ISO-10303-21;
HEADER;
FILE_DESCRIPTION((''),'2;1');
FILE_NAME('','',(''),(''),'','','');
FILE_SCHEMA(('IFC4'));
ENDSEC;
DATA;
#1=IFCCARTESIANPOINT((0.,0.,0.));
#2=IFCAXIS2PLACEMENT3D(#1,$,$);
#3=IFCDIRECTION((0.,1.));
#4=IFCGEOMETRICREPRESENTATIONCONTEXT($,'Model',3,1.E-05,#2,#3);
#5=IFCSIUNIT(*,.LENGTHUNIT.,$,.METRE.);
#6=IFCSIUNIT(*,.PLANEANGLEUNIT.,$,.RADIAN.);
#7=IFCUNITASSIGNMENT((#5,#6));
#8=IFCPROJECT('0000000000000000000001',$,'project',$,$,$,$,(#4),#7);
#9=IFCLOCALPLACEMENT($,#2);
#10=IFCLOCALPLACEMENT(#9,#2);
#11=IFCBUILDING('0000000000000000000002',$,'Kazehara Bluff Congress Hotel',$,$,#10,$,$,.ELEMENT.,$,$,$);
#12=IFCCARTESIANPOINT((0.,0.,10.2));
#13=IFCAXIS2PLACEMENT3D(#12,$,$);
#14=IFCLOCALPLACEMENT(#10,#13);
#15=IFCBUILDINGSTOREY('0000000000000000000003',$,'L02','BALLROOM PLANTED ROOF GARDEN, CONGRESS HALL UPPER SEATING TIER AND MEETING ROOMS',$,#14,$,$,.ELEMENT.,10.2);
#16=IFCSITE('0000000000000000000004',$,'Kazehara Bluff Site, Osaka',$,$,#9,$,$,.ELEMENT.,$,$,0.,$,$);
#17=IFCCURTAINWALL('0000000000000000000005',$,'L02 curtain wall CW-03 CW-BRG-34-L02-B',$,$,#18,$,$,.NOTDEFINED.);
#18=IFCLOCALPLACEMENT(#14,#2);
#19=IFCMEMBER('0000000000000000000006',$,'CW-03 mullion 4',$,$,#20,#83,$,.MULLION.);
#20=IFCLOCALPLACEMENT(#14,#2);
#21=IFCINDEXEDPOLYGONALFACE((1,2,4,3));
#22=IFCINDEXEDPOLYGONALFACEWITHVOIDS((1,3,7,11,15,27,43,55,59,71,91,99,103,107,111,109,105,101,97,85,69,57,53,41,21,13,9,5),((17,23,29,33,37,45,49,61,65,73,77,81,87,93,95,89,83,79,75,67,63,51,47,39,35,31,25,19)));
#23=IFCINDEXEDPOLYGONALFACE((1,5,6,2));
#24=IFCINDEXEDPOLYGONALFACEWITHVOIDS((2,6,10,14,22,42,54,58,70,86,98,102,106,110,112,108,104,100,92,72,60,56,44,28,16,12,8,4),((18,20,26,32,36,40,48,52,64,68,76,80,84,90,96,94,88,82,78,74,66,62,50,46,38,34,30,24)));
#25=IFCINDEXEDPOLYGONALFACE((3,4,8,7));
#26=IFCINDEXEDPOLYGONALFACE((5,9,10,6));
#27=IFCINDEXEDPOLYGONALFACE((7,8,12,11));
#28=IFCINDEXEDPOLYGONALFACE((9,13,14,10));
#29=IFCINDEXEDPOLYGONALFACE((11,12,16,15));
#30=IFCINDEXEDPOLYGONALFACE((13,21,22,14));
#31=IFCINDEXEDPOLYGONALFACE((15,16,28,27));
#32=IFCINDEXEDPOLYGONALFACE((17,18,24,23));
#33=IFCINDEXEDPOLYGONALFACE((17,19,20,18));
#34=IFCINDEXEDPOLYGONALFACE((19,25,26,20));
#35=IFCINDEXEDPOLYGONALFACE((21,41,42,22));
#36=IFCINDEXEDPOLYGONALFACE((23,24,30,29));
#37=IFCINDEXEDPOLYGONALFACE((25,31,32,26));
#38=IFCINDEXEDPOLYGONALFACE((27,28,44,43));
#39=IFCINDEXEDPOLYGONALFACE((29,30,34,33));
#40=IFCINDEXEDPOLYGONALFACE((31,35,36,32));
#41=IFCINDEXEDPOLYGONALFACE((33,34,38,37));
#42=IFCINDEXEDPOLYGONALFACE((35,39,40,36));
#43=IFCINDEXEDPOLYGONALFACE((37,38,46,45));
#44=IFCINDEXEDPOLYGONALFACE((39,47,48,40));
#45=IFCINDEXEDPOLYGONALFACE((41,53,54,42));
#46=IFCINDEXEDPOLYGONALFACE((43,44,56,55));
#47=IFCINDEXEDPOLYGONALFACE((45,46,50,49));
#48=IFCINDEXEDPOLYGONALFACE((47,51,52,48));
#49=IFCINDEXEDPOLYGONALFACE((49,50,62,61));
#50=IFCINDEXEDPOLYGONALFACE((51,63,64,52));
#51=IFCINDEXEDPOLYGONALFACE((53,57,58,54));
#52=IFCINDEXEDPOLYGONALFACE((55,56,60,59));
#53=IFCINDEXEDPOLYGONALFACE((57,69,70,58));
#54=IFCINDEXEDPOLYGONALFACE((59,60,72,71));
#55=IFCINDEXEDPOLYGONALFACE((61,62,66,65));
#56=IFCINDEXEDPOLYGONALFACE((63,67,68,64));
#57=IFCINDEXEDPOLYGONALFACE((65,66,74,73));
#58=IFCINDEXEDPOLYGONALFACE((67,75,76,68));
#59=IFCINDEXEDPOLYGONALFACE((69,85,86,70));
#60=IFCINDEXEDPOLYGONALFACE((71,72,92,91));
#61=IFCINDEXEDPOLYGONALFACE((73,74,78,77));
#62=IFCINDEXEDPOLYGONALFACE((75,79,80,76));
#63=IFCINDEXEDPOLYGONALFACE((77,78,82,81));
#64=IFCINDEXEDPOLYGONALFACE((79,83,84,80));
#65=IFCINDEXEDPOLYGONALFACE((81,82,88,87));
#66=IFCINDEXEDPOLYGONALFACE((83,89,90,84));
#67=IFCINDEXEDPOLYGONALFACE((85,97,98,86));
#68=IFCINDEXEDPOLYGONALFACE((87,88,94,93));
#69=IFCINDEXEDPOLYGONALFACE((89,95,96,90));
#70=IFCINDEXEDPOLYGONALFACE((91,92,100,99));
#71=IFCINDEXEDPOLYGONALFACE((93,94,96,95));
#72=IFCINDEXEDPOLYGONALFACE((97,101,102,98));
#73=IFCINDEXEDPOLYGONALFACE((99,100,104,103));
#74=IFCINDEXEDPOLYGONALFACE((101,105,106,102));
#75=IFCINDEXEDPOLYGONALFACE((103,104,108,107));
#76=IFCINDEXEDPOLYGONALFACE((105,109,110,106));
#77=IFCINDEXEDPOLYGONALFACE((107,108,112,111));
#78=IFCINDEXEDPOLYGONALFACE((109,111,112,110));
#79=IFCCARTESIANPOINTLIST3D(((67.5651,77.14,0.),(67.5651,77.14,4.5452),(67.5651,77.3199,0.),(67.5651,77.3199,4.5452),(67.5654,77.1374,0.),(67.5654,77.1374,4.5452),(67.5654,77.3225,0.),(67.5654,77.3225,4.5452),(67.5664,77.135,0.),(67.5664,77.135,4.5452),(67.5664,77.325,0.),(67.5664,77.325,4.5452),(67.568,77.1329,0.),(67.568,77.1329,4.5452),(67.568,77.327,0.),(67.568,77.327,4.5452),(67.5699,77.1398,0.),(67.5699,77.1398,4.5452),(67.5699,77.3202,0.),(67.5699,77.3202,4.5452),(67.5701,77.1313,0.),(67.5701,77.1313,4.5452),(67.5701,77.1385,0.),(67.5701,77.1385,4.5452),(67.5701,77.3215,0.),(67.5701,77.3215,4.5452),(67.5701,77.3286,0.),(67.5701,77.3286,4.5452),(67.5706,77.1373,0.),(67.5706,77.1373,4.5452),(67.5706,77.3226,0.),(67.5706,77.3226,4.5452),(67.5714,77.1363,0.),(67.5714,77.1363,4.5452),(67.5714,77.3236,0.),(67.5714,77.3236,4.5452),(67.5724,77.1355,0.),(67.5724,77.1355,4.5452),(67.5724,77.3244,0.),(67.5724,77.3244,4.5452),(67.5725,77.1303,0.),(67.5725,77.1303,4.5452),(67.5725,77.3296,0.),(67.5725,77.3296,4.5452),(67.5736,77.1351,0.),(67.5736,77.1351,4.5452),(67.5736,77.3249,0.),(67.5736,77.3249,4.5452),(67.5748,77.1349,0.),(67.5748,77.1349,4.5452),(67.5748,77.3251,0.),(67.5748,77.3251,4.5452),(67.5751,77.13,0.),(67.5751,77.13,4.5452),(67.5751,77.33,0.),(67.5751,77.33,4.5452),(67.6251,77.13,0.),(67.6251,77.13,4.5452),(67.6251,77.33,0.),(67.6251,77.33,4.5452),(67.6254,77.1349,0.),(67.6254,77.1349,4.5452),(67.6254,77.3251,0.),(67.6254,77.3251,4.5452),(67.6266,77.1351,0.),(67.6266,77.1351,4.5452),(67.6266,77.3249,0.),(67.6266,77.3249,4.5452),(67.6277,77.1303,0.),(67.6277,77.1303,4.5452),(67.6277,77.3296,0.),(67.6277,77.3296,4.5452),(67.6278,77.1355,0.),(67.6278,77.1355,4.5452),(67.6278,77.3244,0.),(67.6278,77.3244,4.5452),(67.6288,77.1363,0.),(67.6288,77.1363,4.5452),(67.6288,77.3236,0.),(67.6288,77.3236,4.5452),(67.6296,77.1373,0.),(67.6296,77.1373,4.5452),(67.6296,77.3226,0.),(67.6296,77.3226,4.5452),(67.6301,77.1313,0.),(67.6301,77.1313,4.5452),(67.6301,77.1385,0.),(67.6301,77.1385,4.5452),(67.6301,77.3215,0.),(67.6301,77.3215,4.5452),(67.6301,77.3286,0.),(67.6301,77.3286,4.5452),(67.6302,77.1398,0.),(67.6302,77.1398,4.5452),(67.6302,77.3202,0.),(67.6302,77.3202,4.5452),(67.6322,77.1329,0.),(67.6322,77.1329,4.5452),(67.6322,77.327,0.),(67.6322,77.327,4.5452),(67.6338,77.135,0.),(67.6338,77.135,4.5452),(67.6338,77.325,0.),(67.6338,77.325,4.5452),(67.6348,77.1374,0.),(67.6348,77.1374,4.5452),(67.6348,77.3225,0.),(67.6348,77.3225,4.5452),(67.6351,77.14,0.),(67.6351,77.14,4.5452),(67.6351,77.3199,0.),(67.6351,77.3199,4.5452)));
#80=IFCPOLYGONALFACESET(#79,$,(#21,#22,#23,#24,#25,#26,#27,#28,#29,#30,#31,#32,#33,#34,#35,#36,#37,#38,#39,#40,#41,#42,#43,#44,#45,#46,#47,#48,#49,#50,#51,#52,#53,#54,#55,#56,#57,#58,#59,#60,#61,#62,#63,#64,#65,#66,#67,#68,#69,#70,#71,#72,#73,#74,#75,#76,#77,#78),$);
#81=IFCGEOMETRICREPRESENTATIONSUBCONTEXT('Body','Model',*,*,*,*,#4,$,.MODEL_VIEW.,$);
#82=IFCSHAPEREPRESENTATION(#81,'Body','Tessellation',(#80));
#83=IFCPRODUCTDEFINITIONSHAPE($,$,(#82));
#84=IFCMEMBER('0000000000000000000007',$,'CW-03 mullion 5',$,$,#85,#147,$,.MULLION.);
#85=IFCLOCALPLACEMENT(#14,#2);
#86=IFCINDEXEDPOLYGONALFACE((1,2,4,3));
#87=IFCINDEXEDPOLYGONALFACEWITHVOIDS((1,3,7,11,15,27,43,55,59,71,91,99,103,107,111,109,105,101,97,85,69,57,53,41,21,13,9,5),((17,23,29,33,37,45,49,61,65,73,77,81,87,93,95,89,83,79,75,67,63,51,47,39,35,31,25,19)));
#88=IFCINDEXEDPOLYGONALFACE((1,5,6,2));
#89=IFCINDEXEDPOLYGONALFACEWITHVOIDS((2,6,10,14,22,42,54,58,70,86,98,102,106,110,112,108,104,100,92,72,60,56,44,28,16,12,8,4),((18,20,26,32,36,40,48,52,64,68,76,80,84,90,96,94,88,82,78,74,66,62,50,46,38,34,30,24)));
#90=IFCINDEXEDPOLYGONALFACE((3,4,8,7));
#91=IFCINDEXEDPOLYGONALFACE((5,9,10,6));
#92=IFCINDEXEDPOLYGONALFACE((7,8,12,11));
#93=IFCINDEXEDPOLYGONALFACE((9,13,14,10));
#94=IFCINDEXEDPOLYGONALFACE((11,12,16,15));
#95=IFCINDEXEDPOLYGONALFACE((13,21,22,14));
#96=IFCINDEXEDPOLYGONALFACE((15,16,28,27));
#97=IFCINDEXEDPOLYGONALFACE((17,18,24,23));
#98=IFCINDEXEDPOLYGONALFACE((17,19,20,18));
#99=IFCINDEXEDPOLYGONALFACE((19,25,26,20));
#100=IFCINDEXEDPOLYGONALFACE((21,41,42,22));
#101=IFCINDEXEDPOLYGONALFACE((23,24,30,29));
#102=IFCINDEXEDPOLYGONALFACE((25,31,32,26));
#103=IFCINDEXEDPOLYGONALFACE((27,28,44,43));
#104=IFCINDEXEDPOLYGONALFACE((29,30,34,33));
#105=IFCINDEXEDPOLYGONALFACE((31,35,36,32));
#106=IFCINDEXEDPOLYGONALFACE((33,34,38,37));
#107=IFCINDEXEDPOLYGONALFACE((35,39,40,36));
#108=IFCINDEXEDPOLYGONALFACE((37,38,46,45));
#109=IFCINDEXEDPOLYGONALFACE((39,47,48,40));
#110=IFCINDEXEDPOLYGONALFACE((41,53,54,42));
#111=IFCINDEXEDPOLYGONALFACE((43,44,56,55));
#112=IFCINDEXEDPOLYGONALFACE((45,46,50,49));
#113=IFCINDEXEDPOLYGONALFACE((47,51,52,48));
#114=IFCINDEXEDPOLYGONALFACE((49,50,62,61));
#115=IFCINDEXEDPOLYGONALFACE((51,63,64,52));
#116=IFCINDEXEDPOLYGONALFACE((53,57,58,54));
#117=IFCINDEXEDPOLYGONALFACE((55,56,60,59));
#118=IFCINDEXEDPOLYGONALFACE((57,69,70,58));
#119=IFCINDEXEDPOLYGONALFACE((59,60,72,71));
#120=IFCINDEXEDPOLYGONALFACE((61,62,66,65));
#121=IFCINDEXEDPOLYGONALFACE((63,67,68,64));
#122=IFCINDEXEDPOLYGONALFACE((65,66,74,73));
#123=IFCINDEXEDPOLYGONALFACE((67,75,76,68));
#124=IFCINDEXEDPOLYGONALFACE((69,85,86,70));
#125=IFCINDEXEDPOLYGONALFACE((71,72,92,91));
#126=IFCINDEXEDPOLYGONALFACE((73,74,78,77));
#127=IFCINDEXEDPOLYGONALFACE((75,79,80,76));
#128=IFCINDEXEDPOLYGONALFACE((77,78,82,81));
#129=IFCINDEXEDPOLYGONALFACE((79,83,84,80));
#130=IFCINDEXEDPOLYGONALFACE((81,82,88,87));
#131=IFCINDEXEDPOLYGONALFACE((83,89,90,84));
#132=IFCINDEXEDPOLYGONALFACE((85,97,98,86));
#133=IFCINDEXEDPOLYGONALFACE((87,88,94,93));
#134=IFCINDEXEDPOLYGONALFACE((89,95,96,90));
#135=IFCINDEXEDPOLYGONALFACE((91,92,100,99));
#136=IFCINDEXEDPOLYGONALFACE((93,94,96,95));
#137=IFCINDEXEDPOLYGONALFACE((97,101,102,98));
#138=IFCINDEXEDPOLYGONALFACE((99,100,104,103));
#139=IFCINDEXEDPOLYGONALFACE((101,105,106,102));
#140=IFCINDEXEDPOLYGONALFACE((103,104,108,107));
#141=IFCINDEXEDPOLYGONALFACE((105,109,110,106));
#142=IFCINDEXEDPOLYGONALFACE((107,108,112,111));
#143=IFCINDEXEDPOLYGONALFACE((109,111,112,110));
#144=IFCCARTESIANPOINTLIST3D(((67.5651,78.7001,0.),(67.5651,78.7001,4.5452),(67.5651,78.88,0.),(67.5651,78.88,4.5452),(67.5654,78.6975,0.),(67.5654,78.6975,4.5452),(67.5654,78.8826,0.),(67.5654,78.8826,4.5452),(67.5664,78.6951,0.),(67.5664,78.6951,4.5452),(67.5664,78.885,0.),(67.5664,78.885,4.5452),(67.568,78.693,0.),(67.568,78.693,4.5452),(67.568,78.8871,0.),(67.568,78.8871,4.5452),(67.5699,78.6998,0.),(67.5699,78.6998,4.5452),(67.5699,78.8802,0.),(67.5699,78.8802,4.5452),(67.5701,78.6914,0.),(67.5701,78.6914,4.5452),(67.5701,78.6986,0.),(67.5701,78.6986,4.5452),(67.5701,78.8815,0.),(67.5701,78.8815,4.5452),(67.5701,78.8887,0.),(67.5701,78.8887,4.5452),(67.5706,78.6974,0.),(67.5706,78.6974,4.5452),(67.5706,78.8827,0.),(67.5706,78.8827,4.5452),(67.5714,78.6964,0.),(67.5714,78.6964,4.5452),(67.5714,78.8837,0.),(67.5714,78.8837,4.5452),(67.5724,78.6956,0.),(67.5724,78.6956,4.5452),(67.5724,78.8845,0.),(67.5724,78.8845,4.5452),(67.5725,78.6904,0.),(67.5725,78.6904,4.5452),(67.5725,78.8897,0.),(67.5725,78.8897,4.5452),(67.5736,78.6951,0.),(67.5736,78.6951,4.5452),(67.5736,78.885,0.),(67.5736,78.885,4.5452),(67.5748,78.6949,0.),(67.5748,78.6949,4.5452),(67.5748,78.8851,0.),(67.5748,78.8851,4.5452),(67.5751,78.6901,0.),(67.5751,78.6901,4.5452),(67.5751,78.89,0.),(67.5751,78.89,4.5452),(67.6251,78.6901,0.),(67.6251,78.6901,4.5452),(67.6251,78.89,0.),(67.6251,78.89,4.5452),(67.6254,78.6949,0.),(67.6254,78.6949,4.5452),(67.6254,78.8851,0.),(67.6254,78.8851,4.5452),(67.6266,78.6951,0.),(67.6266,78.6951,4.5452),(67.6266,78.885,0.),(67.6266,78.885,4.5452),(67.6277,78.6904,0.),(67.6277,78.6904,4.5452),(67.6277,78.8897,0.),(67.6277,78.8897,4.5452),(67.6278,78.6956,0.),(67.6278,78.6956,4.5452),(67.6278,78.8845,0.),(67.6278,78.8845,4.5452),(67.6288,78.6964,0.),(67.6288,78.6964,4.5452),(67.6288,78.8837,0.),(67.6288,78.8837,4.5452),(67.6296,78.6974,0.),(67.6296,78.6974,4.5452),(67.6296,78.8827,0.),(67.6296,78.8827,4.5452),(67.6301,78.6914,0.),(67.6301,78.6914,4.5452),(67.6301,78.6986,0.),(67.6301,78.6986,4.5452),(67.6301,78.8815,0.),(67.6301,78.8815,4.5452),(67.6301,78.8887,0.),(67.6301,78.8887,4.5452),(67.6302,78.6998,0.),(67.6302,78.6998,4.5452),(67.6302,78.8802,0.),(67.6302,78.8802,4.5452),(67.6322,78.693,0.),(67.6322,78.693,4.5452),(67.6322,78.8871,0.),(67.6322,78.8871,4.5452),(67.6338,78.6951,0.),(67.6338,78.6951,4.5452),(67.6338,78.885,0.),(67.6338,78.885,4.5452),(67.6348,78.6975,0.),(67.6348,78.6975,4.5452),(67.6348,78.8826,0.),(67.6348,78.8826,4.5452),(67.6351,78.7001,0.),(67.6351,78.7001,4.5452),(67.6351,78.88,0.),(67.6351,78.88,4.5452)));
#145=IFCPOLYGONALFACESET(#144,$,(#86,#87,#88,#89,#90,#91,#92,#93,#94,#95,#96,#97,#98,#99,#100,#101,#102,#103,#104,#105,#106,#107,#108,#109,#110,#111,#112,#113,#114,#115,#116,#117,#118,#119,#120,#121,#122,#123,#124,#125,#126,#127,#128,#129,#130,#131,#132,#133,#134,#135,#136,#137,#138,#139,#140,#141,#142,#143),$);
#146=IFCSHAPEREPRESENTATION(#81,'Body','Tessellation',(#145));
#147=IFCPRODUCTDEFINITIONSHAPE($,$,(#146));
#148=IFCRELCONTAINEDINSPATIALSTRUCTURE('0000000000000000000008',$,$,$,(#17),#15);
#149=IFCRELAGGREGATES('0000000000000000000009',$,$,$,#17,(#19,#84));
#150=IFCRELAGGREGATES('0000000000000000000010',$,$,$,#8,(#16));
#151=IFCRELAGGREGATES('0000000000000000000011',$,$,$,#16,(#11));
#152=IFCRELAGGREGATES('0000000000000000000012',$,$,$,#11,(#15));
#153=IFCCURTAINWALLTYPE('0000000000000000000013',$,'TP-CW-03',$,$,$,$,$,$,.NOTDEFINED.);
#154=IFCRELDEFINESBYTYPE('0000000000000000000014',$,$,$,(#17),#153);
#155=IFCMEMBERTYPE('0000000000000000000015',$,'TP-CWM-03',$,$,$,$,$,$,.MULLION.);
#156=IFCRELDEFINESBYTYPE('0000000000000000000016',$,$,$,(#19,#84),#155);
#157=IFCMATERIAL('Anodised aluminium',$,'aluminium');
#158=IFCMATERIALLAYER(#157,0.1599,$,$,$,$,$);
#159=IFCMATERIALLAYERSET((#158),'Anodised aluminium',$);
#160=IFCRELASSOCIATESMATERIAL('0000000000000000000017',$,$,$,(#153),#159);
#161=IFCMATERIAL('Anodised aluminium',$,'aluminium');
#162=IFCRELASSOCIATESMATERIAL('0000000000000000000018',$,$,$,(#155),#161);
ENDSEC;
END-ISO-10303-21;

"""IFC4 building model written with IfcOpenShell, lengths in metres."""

from ifc_helpers import new_model, si_unit, direction, frame, origin, origin_2d, place, context, subcontext, project, spatial, hollow_rectangle, extrude, material, layer, layer_set, material_profile, profile_set, type_object, element, aggregate, save


model = new_model("IFC4")

# Units and contexts
model_context = context("Model", 3, precision=1e-05, world=origin(), true_north=direction((0.0, 1.0)))
body_context = subcontext(model_context, "Body", "Model", "MODEL_VIEW")
ifc_project = project(units=[si_unit("LENGTHUNIT", "METRE"), si_unit("PLANEANGLEUNIT", "RADIAN")], contexts=[model_context])

# Site, building, storey
site_placement = place(None, origin())
site = spatial("IfcSite", under=ifc_project, at=site_placement, Name="Kazehara Bluff Site, Osaka", CompositionType="ELEMENT", RefElevation=0.0)
building_placement = place(site_placement, origin())
building = spatial("IfcBuilding", under=site, at=building_placement, Name="Kazehara Bluff Congress Hotel", CompositionType="ELEMENT")
storey_placement = place(building_placement, frame((0.0, 0.0, 10.2)))
storey = spatial("IfcBuildingStorey", under=building, at=storey_placement, Name="L02", Description="BALLROOM PLANTED ROOF GARDEN, CONGRESS HALL UPPER SEATING TIER AND MEETING ROOMS", CompositionType="ELEMENT", Elevation=10.2)

# Curtain wall, members
ifc_material_1 = material(Name="Anodised aluminium", Category="aluminium")
ifc_layer_1 = layer(ifc_material_1, 0.1599)
ifc_layer_set_1 = layer_set([ifc_layer_1], Name="Anodised aluminium")
curtain_wall_type_1 = type_object("IfcCurtainWallType", Name="TP-CW-03", PredefinedType="NOTDEFINED", material=ifc_layer_set_1)
curtain_wall_1_placement = place(storey_placement, origin())
curtain_wall_1 = element("IfcCurtainWall", 1, at=curtain_wall_1_placement, inside=storey, type_object=curtain_wall_type_1, Name="L02 curtain wall CW-03 CW-BRG-34-L02-B", PredefinedType="NOTDEFINED")
ifc_material_2 = material(Name="Anodised aluminium", Category="aluminium")
ifc_material_profile_1 = material_profile(ifc_material_2, hollow_rectangle(XDim=0.0701, YDim=0.2, WallThickness=0.0049, InnerFilletRadius=0.0049, OuterFilletRadius=0.01, at=origin_2d()))
ifc_profile_set_1 = profile_set([ifc_material_profile_1], Name="Anodised aluminium")
member_type_1 = type_object("IfcMemberType", Name="TP-CWM-03", PredefinedType="MULLION", material=ifc_profile_set_1)
member_1_placement = place(storey_placement, frame((67.6001, 77.23, 0.0), z_axis=(0.0, 0.0, 1.0), x_axis=(-1.0, 0.0, 0.0)))
member_1 = element("IfcMember", 2, at=member_1_placement, type_object=member_type_1, Name="CW-03 mullion 4", PredefinedType="MULLION", context=body_context, shape_type="SweptSolid", body=[
    extrude(hollow_rectangle(XDim=0.0701, YDim=0.2, WallThickness=0.0049, InnerFilletRadius=0.0049, OuterFilletRadius=0.01, at=origin_2d()), origin(), (0.0, 0.0, 1.0), 4.5452),
])
member_2_placement = place(storey_placement, frame((67.6001, 78.79, 0.0), z_axis=(0.0, 0.0, 1.0), x_axis=(-1.0, 0.0, 0.0)))
member_2 = element("IfcMember", 3, at=member_2_placement, type_object=member_type_1, Name="CW-03 mullion 5", PredefinedType="MULLION", context=body_context, shape_type="SweptSolid", body=[
    extrude(hollow_rectangle(XDim=0.0701, YDim=0.2, WallThickness=0.0049, InnerFilletRadius=0.0049, OuterFilletRadius=0.01, at=origin_2d()), origin(), (0.0, 0.0, 1.0), 4.5452),
])

aggregate(curtain_wall_1, [member_1, member_2])

save(model, "model.ifc")
